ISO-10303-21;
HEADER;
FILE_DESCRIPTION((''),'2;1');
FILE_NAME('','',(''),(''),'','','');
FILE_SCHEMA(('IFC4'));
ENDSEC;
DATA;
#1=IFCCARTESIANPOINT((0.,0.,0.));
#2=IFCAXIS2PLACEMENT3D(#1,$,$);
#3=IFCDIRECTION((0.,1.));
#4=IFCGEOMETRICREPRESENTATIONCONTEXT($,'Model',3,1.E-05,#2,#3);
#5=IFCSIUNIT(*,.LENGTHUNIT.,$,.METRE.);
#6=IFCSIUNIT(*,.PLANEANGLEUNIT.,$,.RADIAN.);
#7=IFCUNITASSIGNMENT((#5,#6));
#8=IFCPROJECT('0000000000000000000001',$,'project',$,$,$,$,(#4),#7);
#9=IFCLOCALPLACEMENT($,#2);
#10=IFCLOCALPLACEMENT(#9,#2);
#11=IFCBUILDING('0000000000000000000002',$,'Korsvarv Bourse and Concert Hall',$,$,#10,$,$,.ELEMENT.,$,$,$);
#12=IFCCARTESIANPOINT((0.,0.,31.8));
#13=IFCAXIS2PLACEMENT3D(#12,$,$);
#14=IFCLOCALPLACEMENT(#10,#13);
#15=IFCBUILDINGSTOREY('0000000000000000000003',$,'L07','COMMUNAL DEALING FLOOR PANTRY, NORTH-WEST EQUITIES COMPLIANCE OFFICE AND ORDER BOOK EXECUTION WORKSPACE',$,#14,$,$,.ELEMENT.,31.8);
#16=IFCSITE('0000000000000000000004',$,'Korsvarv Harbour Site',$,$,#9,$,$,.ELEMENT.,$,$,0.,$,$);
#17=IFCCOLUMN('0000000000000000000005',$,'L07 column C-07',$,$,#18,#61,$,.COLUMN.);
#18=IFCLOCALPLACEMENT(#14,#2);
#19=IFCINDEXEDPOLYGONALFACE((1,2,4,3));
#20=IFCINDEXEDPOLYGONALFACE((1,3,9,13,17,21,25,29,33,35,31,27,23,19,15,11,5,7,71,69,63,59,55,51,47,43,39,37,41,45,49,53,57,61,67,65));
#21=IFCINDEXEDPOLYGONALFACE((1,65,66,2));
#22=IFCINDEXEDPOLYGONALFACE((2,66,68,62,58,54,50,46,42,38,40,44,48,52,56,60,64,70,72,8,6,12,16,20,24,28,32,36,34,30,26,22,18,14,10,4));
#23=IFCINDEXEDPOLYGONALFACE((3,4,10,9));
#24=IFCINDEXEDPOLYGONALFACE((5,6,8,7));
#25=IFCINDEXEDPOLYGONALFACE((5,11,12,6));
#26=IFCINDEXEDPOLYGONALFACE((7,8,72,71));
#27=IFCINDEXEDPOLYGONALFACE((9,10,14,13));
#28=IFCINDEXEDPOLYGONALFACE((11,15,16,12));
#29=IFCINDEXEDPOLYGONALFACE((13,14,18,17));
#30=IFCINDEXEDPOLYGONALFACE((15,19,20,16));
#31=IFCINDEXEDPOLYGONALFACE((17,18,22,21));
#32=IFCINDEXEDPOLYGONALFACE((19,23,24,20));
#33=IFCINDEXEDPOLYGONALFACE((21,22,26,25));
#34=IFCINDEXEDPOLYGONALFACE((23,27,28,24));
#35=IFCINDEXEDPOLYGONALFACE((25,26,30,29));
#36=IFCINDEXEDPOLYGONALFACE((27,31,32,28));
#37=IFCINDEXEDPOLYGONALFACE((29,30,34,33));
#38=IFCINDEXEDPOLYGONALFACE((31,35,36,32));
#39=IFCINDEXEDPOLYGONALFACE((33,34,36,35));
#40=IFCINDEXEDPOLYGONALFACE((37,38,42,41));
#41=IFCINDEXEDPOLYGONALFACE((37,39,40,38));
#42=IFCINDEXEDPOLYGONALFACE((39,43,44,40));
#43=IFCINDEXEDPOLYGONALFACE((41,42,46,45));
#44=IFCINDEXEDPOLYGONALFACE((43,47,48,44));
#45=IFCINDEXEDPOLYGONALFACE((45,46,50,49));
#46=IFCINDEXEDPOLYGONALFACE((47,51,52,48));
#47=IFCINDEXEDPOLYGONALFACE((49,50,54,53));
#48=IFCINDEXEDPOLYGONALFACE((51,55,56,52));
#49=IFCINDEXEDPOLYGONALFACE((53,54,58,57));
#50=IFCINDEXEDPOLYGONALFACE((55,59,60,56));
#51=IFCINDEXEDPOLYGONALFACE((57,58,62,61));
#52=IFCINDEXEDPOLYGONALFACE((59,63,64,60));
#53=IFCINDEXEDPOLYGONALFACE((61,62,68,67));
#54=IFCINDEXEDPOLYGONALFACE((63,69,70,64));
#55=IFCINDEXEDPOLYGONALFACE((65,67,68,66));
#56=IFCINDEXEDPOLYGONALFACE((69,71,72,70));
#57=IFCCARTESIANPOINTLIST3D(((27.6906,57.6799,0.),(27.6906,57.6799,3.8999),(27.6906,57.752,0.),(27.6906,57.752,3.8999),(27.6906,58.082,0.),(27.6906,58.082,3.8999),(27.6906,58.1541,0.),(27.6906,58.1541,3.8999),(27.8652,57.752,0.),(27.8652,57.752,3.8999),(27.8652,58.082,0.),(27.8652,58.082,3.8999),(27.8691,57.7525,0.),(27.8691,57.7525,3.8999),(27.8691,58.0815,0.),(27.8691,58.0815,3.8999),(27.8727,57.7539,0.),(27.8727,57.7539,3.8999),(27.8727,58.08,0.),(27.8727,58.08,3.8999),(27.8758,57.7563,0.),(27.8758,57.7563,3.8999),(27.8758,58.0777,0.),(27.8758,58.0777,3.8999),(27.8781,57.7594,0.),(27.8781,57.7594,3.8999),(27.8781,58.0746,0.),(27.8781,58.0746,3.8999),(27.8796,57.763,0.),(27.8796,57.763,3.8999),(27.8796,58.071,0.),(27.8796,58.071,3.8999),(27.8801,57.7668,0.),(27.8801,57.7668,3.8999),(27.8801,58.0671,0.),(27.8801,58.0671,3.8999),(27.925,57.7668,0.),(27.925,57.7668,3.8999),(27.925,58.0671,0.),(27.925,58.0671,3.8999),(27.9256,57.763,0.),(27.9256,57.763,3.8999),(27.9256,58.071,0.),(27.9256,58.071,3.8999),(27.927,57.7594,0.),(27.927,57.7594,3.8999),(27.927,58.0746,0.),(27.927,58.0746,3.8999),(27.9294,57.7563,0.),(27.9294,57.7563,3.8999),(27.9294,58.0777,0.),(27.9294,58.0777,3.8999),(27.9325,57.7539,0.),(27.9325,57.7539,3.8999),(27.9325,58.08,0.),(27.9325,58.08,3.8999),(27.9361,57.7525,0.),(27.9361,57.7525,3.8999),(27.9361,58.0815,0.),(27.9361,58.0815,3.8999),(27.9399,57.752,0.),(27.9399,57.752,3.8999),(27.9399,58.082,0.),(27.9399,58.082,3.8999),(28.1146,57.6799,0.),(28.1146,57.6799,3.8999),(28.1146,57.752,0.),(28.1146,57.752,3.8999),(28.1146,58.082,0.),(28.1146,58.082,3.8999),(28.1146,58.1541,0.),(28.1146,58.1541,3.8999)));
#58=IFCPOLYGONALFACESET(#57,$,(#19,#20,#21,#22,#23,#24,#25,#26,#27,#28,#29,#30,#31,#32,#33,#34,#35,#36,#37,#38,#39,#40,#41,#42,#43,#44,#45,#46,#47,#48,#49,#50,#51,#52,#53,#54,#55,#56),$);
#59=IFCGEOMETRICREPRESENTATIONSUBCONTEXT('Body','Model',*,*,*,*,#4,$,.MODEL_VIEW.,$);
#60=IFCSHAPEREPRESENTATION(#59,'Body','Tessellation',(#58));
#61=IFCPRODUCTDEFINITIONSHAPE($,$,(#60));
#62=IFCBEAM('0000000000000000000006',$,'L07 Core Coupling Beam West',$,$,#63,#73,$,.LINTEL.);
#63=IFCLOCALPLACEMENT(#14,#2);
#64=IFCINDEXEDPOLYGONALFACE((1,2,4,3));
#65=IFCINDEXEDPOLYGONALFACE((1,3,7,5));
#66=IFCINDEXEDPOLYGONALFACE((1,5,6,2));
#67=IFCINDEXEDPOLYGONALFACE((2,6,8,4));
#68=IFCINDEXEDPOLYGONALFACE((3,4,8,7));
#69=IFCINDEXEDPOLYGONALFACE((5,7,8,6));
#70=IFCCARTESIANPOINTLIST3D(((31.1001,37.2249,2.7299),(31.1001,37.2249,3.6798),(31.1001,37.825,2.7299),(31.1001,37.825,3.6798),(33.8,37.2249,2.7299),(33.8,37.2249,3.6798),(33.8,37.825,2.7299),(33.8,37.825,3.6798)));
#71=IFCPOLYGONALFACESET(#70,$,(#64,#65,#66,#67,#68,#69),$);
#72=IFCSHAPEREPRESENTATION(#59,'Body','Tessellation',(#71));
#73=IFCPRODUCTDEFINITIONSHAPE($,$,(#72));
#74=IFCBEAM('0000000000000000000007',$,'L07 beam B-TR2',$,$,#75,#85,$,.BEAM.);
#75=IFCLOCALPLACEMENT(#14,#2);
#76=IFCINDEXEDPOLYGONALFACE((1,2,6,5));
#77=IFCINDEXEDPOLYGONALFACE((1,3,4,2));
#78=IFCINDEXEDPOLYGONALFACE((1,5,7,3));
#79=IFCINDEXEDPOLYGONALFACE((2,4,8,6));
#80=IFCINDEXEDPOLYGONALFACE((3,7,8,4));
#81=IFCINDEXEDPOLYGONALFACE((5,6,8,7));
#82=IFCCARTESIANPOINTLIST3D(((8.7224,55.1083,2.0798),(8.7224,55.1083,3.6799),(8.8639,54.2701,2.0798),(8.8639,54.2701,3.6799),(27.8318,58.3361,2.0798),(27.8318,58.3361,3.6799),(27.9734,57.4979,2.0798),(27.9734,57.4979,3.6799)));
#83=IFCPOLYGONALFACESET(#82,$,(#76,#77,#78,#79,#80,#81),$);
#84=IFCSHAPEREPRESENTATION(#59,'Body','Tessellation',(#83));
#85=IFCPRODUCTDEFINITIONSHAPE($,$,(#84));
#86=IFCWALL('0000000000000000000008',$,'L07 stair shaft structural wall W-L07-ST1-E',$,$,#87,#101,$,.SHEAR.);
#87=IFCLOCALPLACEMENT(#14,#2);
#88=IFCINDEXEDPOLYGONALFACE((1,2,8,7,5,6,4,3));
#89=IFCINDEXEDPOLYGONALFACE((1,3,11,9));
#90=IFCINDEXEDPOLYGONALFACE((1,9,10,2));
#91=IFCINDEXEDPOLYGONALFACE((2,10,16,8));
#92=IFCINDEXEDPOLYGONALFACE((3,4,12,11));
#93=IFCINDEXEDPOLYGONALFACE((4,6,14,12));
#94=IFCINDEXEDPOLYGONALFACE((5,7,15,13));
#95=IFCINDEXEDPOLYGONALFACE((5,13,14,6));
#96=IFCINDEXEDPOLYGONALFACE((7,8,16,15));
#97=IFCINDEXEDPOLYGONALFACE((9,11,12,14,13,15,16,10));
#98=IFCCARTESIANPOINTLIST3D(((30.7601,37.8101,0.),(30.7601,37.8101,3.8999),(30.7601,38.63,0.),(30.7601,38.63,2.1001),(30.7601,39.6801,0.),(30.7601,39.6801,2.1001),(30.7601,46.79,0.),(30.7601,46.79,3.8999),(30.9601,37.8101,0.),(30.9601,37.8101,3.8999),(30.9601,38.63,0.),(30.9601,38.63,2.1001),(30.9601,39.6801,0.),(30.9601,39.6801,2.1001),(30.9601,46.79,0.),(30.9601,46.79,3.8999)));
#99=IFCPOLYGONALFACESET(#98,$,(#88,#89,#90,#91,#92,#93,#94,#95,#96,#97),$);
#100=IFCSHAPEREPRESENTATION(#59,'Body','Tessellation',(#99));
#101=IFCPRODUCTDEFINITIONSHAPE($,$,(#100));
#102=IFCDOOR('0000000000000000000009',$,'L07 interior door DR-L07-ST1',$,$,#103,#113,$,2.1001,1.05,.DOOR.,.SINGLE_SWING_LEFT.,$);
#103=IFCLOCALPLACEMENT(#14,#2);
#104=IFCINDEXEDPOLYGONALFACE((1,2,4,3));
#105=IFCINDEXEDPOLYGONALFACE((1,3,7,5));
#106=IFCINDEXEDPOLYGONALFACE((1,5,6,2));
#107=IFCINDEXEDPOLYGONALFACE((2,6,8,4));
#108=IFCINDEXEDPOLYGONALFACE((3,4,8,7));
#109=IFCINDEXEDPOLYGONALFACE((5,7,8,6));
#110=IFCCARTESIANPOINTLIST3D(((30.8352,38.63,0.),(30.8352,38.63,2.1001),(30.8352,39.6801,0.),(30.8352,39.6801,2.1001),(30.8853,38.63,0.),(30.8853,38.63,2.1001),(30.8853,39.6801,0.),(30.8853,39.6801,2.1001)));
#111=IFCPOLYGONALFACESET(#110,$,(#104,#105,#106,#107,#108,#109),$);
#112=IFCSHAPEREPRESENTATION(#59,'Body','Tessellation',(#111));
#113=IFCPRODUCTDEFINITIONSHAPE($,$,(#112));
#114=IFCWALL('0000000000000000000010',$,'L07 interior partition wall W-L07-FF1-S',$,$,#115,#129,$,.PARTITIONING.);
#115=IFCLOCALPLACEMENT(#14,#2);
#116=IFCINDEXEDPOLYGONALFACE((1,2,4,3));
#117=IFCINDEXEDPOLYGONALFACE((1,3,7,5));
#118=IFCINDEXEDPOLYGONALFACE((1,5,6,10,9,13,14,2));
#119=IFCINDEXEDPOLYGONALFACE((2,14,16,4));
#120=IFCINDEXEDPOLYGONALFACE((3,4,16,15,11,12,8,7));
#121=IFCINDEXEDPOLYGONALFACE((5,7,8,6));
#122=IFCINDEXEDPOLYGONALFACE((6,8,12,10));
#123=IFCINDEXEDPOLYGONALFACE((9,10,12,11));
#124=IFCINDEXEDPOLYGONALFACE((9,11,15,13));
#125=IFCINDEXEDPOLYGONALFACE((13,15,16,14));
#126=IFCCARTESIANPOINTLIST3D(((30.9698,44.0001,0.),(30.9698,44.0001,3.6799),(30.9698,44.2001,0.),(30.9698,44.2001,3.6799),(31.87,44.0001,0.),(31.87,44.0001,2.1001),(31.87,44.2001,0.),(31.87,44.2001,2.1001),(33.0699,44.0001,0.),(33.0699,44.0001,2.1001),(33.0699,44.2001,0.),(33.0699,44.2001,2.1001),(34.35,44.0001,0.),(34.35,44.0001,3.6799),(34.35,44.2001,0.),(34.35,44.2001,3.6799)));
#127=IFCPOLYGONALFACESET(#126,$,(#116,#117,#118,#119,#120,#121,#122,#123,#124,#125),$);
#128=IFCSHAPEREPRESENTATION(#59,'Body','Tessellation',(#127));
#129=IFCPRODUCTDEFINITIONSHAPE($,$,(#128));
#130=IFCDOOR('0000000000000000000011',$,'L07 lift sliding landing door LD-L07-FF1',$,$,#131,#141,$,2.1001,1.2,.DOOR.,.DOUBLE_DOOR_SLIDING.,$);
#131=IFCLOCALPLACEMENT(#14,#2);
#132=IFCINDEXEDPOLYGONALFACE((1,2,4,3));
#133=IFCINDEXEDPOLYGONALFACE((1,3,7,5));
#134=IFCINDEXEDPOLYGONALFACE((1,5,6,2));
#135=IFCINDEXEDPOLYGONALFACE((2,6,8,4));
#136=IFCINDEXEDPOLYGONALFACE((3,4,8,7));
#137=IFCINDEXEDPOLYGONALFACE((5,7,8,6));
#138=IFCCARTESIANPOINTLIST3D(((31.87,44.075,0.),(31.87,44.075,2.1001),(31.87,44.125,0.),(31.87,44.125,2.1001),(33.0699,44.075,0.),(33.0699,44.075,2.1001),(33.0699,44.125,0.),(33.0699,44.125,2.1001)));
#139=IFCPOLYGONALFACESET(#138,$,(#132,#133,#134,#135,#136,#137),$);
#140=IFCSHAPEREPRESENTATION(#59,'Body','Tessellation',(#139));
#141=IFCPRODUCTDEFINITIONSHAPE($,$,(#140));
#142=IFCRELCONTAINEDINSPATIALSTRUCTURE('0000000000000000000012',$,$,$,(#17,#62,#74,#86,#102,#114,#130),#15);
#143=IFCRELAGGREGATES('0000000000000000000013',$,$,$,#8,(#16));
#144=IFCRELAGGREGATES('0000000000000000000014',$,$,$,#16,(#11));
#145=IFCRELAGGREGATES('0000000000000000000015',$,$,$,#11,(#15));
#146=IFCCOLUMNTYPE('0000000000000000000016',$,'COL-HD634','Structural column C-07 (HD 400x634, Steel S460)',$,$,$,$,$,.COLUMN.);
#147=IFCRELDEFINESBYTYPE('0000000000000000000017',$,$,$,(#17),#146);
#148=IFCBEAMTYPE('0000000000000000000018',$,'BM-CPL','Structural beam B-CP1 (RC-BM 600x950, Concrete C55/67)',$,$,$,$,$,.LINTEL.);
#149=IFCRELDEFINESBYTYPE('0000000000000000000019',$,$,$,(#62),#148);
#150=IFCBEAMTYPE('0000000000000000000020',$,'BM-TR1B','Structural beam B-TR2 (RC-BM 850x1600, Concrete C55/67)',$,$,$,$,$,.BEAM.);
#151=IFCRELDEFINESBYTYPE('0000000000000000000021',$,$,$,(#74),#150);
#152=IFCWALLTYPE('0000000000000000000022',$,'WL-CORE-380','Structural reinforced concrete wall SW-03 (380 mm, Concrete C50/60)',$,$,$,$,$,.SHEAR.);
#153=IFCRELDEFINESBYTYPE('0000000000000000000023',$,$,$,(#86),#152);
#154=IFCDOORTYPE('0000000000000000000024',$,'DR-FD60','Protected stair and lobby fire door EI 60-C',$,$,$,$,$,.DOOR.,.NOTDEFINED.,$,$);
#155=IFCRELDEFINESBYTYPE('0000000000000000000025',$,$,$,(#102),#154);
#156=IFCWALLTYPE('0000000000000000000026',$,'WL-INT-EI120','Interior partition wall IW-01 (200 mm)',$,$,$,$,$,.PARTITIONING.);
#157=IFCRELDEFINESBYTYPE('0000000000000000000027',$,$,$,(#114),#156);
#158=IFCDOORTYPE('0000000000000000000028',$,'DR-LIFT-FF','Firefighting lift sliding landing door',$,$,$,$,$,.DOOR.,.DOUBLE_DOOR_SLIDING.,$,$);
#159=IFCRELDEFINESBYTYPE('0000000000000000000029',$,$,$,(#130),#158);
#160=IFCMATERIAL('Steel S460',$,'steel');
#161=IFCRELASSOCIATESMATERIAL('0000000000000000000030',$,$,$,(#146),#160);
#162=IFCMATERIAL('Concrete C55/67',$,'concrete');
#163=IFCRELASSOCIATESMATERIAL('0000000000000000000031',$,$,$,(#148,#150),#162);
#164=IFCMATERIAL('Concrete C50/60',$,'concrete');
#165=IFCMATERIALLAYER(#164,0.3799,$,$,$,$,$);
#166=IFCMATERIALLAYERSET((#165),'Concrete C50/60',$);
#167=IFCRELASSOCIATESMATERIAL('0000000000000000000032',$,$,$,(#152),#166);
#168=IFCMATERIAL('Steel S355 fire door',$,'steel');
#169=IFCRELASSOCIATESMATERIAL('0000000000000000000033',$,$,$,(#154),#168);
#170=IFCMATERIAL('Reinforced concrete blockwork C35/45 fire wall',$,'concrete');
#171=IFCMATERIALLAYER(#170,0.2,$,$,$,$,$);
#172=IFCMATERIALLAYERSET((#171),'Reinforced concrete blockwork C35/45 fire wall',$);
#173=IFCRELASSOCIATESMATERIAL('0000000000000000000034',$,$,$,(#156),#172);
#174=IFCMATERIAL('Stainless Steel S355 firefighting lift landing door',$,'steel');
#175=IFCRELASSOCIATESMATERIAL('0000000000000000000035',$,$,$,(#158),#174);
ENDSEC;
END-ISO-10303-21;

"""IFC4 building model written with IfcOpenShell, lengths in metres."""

from ifc_helpers import new_model, si_unit, direction, frame, frame_2d, origin, origin_2d, place, context, subcontext, project, spatial, rectangle, i_section, extrude, source, transform, mapped, material, layer, layer_set, material_profile, profile_set, type_object, element, fill, save


model = new_model("IFC4")

# Units and contexts
model_context = context("Model", 3, precision=1e-05, world=origin(), true_north=direction((0.0, 1.0)))
body_context = subcontext(model_context, "Body", "Model", "MODEL_VIEW")
ifc_project = project(units=[si_unit("LENGTHUNIT", "METRE"), si_unit("PLANEANGLEUNIT", "RADIAN")], contexts=[model_context])

# Site, building, storey
site_placement = place(None, origin())
site = spatial("IfcSite", under=ifc_project, at=site_placement, Name="Korsvarv Harbour Site", CompositionType="ELEMENT", RefElevation=0.0)
building_placement = place(site_placement, origin())
building = spatial("IfcBuilding", under=site, at=building_placement, Name="Korsvarv Bourse and Concert Hall", CompositionType="ELEMENT")
storey_placement = place(building_placement, frame((0.0, 0.0, 31.8)))
storey = spatial("IfcBuildingStorey", under=building, at=storey_placement, Name="L07", Description="COMMUNAL DEALING FLOOR PANTRY, NORTH-WEST EQUITIES COMPLIANCE OFFICE AND ORDER BOOK EXECUTION WORKSPACE", CompositionType="ELEMENT", Elevation=31.8)

# Column
ifc_material_1 = material(Name="Steel S460", Category="steel")
ifc_material_profile_1 = material_profile(ifc_material_1, i_section(OverallWidth=0.4241, OverallDepth=0.4741, WebThickness=0.0449, FlangeThickness=0.072, FilletRadius=0.0149, at=origin_2d()), Name="HD 400x634")
ifc_profile_set_1 = profile_set([ifc_material_profile_1], Name="Steel S460")
column_type = type_object("IfcColumnType", Name="COL-HD634", Description="Structural column C-07 (HD 400x634, Steel S460)", PredefinedType="COLUMN", material=ifc_profile_set_1)
shared_shape_1 = source(origin(), body_context, "Body", "SweptSolid", [
    extrude(i_section(OverallWidth=0.4241, OverallDepth=0.4741, WebThickness=0.0449, FlangeThickness=0.072, FilletRadius=0.0149, at=origin_2d()), origin(), (0.0, 0.0, 1.0), 3.8999),
])
column_placement = place(storey_placement, frame((27.9026, 57.917, 0.0), z_axis=(0.0, 0.0, 1.0), x_axis=(1.0, 0.0, 0.0)))
element("IfcColumn", 1, at=column_placement, inside=storey, type_object=column_type, Name="L07 column C-07", PredefinedType="COLUMN", context=body_context, shape_type="MappedRepresentation", body=[
    mapped(shared_shape_1, transform((0.0, 0.0, 0.0), scale=1.0)),
])

# Beams
ifc_material_2 = material(Name="Concrete C55/67", Category="concrete")
ifc_material_profile_2 = material_profile(ifc_material_2, rectangle(XDim=0.6001, YDim=0.95, at=origin_2d()), Name="RC-BM 600x950")
ifc_profile_set_2 = profile_set([ifc_material_profile_2], Name="Concrete C55/67")
beam_type_1 = type_object("IfcBeamType", Name="BM-CPL", Description="Structural beam B-CP1 (RC-BM 600x950, Concrete C55/67)", PredefinedType="LINTEL", material=ifc_profile_set_2)
shared_shape_2 = source(origin(), body_context, "Body", "SweptSolid", [
    extrude(rectangle(XDim=0.6001, YDim=0.95, at=origin_2d()), origin(), (0.0, 0.0, 1.0), 2.7),
])
beam_1_placement = place(storey_placement, frame((31.1001, 37.5249, 3.2048), z_axis=(1.0, 0.0, 0.0), x_axis=(0.0, 1.0, 0.0)))
element("IfcBeam", 2, at=beam_1_placement, inside=storey, type_object=beam_type_1, Name="L07 Core Coupling Beam West", PredefinedType="LINTEL", context=body_context, shape_type="MappedRepresentation", body=[
    mapped(shared_shape_2, transform((0.0, 0.0, 0.0), scale=1.0)),
])
ifc_material_profile_3 = material_profile(ifc_material_2, rectangle(XDim=0.8501, YDim=1.6001, at=origin_2d()), Name="RC-BM 850x1600")
ifc_profile_set_3 = profile_set([ifc_material_profile_3], Name="Concrete C55/67")
beam_type_2 = type_object("IfcBeamType", Name="BM-TR1B", Description="Structural beam B-TR2 (RC-BM 850x1600, Concrete C55/67)", PredefinedType="BEAM", material=ifc_profile_set_3)
shared_shape_3 = source(origin(), body_context, "Body", "SweptSolid", [
    extrude(rectangle(XDim=0.8501, YDim=1.6001, at=origin_2d()), origin(), (0.0, 0.0, 1.0), 19.3801),
])
beam_2_placement = place(storey_placement, frame((27.9026, 57.917, 2.8799), z_axis=(-0.986033, -0.166552, 0.0), x_axis=(0.166552, -0.986033, 0.0)))
element("IfcBeam", 3, at=beam_2_placement, inside=storey, type_object=beam_type_2, Name="L07 beam B-TR2", PredefinedType="BEAM", context=body_context, shape_type="MappedRepresentation", body=[
    mapped(shared_shape_3, transform((0.0, 0.0, 0.0), scale=1.0)),
])

# Walls, openings, doors
ifc_material_3 = material(Name="Concrete C50/60", Category="concrete")
ifc_layer_1 = layer(ifc_material_3, 0.3799)
ifc_layer_set_1 = layer_set([ifc_layer_1], Name="Concrete C50/60")
wall_type_1 = type_object("IfcWallType", Name="WL-CORE-380", Description="Structural reinforced concrete wall SW-03 (380 mm, Concrete C50/60)", PredefinedType="SHEAR", material=ifc_layer_set_1)
wall_1_placement = place(storey_placement, frame((30.8601, 37.8101, 0.0), z_axis=(0.0, 0.0, 1.0), x_axis=(0.0, 1.0, 0.0)))
wall_1 = element("IfcWall", 4, at=wall_1_placement, inside=storey, type_object=wall_type_1, Name="L07 stair shaft structural wall W-L07-ST1-E", PredefinedType="SHEAR", context=body_context, shape_type="SweptSolid", body=[
    extrude(rectangle(XDim=8.98, YDim=0.2, at=frame_2d((4.49, 0.0))), origin(), (0.0, 0.0, 1.0), 3.8999),
])
opening_1_placement = place(wall_1_placement, frame((0.8201, 0.0, 0.0)))
opening_1 = element("IfcOpeningElement", 5, at=opening_1_placement, cuts=wall_1, PredefinedType="OPENING", context=body_context, shape_type="SweptSolid", body=[
    extrude(rectangle(XDim=1.05, YDim=2.1001, at=frame_2d((0.5249, 1.05))), frame((0.0, 0.1099, 0.0), z_axis=(0.0, -1.0, 0.0), x_axis=(1.0, 0.0, 0.0)), (0.0, 0.0, 1.0), 0.22),
])
ifc_material_4 = material(Name="Steel S355 fire door", Category="steel")
door_type_1 = type_object("IfcDoorType", Name="DR-FD60", Description="Protected stair and lobby fire door EI 60-C", OperationType="NOTDEFINED", PredefinedType="DOOR", material=ifc_material_4)
door_1_placement = place(opening_1_placement, origin())
door_1 = element("IfcDoor", 6, at=door_1_placement, inside=storey, type_object=door_type_1, Name="L07 interior door DR-L07-ST1", OperationType="SINGLE_SWING_LEFT", OverallHeight=2.1001, OverallWidth=1.05, PredefinedType="DOOR", context=body_context, shape_type="SweptSolid", body=[
    extrude(rectangle(XDim=1.05, YDim=2.1001, at=frame_2d((0.5249, 1.05))), frame((0.0, 0.0249, 0.0), z_axis=(0.0, -1.0, 0.0), x_axis=(1.0, 0.0, 0.0)), (0.0, 0.0, 1.0), 0.05),
])
fill(opening_1, door_1)
ifc_material_5 = material(Name="Reinforced concrete blockwork C35/45 fire wall", Category="concrete")
ifc_layer_2 = layer(ifc_material_5, 0.2)
ifc_layer_set_2 = layer_set([ifc_layer_2], Name="Reinforced concrete blockwork C35/45 fire wall")
wall_type_2 = type_object("IfcWallType", Name="WL-INT-EI120", Description="Interior partition wall IW-01 (200 mm)", PredefinedType="PARTITIONING", material=ifc_layer_set_2)
wall_2_placement = place(storey_placement, frame((30.97, 44.1001, 0.0), z_axis=(0.0, 0.0, 1.0), x_axis=(1.0, 0.0, 0.0)))
wall_2 = element("IfcWall", 7, at=wall_2_placement, inside=storey, type_object=wall_type_2, Name="L07 interior partition wall W-L07-FF1-S", PredefinedType="PARTITIONING", context=body_context, shape_type="SweptSolid", body=[
    extrude(rectangle(XDim=3.3801, YDim=0.2, at=frame_2d((1.6899, 0.0))), origin(), (0.0, 0.0, 1.0), 3.6799),
])
opening_2_placement = place(wall_2_placement, frame((0.8999, 0.0, 0.0)))
opening_2 = element("IfcOpeningElement", 8, at=opening_2_placement, cuts=wall_2, PredefinedType="OPENING", context=body_context, shape_type="SweptSolid", body=[
    extrude(rectangle(XDim=1.2, YDim=2.1001, at=frame_2d((0.6001, 1.05))), frame((0.0, 0.1099, 0.0), z_axis=(0.0, -1.0, 0.0), x_axis=(1.0, 0.0, 0.0)), (0.0, 0.0, 1.0), 0.22),
])
ifc_material_6 = material(Name="Stainless Steel S355 firefighting lift landing door", Category="steel")
door_type_2 = type_object("IfcDoorType", Name="DR-LIFT-FF", Description="Firefighting lift sliding landing door", OperationType="DOUBLE_DOOR_SLIDING", PredefinedType="DOOR", material=ifc_material_6)
door_2_placement = place(opening_2_placement, origin())
door_2 = element("IfcDoor", 9, at=door_2_placement, inside=storey, type_object=door_type_2, Name="L07 lift sliding landing door LD-L07-FF1", OperationType="DOUBLE_DOOR_SLIDING", OverallHeight=2.1001, OverallWidth=1.2, PredefinedType="DOOR", context=body_context, shape_type="SweptSolid", body=[
    extrude(rectangle(XDim=1.2, YDim=2.1001, at=frame_2d((0.6001, 1.05))), frame((0.0, 0.0249, 0.0), z_axis=(0.0, -1.0, 0.0), x_axis=(1.0, 0.0, 0.0)), (0.0, 0.0, 1.0), 0.05),
])
fill(opening_2, door_2)

save(model, "model.ifc")
